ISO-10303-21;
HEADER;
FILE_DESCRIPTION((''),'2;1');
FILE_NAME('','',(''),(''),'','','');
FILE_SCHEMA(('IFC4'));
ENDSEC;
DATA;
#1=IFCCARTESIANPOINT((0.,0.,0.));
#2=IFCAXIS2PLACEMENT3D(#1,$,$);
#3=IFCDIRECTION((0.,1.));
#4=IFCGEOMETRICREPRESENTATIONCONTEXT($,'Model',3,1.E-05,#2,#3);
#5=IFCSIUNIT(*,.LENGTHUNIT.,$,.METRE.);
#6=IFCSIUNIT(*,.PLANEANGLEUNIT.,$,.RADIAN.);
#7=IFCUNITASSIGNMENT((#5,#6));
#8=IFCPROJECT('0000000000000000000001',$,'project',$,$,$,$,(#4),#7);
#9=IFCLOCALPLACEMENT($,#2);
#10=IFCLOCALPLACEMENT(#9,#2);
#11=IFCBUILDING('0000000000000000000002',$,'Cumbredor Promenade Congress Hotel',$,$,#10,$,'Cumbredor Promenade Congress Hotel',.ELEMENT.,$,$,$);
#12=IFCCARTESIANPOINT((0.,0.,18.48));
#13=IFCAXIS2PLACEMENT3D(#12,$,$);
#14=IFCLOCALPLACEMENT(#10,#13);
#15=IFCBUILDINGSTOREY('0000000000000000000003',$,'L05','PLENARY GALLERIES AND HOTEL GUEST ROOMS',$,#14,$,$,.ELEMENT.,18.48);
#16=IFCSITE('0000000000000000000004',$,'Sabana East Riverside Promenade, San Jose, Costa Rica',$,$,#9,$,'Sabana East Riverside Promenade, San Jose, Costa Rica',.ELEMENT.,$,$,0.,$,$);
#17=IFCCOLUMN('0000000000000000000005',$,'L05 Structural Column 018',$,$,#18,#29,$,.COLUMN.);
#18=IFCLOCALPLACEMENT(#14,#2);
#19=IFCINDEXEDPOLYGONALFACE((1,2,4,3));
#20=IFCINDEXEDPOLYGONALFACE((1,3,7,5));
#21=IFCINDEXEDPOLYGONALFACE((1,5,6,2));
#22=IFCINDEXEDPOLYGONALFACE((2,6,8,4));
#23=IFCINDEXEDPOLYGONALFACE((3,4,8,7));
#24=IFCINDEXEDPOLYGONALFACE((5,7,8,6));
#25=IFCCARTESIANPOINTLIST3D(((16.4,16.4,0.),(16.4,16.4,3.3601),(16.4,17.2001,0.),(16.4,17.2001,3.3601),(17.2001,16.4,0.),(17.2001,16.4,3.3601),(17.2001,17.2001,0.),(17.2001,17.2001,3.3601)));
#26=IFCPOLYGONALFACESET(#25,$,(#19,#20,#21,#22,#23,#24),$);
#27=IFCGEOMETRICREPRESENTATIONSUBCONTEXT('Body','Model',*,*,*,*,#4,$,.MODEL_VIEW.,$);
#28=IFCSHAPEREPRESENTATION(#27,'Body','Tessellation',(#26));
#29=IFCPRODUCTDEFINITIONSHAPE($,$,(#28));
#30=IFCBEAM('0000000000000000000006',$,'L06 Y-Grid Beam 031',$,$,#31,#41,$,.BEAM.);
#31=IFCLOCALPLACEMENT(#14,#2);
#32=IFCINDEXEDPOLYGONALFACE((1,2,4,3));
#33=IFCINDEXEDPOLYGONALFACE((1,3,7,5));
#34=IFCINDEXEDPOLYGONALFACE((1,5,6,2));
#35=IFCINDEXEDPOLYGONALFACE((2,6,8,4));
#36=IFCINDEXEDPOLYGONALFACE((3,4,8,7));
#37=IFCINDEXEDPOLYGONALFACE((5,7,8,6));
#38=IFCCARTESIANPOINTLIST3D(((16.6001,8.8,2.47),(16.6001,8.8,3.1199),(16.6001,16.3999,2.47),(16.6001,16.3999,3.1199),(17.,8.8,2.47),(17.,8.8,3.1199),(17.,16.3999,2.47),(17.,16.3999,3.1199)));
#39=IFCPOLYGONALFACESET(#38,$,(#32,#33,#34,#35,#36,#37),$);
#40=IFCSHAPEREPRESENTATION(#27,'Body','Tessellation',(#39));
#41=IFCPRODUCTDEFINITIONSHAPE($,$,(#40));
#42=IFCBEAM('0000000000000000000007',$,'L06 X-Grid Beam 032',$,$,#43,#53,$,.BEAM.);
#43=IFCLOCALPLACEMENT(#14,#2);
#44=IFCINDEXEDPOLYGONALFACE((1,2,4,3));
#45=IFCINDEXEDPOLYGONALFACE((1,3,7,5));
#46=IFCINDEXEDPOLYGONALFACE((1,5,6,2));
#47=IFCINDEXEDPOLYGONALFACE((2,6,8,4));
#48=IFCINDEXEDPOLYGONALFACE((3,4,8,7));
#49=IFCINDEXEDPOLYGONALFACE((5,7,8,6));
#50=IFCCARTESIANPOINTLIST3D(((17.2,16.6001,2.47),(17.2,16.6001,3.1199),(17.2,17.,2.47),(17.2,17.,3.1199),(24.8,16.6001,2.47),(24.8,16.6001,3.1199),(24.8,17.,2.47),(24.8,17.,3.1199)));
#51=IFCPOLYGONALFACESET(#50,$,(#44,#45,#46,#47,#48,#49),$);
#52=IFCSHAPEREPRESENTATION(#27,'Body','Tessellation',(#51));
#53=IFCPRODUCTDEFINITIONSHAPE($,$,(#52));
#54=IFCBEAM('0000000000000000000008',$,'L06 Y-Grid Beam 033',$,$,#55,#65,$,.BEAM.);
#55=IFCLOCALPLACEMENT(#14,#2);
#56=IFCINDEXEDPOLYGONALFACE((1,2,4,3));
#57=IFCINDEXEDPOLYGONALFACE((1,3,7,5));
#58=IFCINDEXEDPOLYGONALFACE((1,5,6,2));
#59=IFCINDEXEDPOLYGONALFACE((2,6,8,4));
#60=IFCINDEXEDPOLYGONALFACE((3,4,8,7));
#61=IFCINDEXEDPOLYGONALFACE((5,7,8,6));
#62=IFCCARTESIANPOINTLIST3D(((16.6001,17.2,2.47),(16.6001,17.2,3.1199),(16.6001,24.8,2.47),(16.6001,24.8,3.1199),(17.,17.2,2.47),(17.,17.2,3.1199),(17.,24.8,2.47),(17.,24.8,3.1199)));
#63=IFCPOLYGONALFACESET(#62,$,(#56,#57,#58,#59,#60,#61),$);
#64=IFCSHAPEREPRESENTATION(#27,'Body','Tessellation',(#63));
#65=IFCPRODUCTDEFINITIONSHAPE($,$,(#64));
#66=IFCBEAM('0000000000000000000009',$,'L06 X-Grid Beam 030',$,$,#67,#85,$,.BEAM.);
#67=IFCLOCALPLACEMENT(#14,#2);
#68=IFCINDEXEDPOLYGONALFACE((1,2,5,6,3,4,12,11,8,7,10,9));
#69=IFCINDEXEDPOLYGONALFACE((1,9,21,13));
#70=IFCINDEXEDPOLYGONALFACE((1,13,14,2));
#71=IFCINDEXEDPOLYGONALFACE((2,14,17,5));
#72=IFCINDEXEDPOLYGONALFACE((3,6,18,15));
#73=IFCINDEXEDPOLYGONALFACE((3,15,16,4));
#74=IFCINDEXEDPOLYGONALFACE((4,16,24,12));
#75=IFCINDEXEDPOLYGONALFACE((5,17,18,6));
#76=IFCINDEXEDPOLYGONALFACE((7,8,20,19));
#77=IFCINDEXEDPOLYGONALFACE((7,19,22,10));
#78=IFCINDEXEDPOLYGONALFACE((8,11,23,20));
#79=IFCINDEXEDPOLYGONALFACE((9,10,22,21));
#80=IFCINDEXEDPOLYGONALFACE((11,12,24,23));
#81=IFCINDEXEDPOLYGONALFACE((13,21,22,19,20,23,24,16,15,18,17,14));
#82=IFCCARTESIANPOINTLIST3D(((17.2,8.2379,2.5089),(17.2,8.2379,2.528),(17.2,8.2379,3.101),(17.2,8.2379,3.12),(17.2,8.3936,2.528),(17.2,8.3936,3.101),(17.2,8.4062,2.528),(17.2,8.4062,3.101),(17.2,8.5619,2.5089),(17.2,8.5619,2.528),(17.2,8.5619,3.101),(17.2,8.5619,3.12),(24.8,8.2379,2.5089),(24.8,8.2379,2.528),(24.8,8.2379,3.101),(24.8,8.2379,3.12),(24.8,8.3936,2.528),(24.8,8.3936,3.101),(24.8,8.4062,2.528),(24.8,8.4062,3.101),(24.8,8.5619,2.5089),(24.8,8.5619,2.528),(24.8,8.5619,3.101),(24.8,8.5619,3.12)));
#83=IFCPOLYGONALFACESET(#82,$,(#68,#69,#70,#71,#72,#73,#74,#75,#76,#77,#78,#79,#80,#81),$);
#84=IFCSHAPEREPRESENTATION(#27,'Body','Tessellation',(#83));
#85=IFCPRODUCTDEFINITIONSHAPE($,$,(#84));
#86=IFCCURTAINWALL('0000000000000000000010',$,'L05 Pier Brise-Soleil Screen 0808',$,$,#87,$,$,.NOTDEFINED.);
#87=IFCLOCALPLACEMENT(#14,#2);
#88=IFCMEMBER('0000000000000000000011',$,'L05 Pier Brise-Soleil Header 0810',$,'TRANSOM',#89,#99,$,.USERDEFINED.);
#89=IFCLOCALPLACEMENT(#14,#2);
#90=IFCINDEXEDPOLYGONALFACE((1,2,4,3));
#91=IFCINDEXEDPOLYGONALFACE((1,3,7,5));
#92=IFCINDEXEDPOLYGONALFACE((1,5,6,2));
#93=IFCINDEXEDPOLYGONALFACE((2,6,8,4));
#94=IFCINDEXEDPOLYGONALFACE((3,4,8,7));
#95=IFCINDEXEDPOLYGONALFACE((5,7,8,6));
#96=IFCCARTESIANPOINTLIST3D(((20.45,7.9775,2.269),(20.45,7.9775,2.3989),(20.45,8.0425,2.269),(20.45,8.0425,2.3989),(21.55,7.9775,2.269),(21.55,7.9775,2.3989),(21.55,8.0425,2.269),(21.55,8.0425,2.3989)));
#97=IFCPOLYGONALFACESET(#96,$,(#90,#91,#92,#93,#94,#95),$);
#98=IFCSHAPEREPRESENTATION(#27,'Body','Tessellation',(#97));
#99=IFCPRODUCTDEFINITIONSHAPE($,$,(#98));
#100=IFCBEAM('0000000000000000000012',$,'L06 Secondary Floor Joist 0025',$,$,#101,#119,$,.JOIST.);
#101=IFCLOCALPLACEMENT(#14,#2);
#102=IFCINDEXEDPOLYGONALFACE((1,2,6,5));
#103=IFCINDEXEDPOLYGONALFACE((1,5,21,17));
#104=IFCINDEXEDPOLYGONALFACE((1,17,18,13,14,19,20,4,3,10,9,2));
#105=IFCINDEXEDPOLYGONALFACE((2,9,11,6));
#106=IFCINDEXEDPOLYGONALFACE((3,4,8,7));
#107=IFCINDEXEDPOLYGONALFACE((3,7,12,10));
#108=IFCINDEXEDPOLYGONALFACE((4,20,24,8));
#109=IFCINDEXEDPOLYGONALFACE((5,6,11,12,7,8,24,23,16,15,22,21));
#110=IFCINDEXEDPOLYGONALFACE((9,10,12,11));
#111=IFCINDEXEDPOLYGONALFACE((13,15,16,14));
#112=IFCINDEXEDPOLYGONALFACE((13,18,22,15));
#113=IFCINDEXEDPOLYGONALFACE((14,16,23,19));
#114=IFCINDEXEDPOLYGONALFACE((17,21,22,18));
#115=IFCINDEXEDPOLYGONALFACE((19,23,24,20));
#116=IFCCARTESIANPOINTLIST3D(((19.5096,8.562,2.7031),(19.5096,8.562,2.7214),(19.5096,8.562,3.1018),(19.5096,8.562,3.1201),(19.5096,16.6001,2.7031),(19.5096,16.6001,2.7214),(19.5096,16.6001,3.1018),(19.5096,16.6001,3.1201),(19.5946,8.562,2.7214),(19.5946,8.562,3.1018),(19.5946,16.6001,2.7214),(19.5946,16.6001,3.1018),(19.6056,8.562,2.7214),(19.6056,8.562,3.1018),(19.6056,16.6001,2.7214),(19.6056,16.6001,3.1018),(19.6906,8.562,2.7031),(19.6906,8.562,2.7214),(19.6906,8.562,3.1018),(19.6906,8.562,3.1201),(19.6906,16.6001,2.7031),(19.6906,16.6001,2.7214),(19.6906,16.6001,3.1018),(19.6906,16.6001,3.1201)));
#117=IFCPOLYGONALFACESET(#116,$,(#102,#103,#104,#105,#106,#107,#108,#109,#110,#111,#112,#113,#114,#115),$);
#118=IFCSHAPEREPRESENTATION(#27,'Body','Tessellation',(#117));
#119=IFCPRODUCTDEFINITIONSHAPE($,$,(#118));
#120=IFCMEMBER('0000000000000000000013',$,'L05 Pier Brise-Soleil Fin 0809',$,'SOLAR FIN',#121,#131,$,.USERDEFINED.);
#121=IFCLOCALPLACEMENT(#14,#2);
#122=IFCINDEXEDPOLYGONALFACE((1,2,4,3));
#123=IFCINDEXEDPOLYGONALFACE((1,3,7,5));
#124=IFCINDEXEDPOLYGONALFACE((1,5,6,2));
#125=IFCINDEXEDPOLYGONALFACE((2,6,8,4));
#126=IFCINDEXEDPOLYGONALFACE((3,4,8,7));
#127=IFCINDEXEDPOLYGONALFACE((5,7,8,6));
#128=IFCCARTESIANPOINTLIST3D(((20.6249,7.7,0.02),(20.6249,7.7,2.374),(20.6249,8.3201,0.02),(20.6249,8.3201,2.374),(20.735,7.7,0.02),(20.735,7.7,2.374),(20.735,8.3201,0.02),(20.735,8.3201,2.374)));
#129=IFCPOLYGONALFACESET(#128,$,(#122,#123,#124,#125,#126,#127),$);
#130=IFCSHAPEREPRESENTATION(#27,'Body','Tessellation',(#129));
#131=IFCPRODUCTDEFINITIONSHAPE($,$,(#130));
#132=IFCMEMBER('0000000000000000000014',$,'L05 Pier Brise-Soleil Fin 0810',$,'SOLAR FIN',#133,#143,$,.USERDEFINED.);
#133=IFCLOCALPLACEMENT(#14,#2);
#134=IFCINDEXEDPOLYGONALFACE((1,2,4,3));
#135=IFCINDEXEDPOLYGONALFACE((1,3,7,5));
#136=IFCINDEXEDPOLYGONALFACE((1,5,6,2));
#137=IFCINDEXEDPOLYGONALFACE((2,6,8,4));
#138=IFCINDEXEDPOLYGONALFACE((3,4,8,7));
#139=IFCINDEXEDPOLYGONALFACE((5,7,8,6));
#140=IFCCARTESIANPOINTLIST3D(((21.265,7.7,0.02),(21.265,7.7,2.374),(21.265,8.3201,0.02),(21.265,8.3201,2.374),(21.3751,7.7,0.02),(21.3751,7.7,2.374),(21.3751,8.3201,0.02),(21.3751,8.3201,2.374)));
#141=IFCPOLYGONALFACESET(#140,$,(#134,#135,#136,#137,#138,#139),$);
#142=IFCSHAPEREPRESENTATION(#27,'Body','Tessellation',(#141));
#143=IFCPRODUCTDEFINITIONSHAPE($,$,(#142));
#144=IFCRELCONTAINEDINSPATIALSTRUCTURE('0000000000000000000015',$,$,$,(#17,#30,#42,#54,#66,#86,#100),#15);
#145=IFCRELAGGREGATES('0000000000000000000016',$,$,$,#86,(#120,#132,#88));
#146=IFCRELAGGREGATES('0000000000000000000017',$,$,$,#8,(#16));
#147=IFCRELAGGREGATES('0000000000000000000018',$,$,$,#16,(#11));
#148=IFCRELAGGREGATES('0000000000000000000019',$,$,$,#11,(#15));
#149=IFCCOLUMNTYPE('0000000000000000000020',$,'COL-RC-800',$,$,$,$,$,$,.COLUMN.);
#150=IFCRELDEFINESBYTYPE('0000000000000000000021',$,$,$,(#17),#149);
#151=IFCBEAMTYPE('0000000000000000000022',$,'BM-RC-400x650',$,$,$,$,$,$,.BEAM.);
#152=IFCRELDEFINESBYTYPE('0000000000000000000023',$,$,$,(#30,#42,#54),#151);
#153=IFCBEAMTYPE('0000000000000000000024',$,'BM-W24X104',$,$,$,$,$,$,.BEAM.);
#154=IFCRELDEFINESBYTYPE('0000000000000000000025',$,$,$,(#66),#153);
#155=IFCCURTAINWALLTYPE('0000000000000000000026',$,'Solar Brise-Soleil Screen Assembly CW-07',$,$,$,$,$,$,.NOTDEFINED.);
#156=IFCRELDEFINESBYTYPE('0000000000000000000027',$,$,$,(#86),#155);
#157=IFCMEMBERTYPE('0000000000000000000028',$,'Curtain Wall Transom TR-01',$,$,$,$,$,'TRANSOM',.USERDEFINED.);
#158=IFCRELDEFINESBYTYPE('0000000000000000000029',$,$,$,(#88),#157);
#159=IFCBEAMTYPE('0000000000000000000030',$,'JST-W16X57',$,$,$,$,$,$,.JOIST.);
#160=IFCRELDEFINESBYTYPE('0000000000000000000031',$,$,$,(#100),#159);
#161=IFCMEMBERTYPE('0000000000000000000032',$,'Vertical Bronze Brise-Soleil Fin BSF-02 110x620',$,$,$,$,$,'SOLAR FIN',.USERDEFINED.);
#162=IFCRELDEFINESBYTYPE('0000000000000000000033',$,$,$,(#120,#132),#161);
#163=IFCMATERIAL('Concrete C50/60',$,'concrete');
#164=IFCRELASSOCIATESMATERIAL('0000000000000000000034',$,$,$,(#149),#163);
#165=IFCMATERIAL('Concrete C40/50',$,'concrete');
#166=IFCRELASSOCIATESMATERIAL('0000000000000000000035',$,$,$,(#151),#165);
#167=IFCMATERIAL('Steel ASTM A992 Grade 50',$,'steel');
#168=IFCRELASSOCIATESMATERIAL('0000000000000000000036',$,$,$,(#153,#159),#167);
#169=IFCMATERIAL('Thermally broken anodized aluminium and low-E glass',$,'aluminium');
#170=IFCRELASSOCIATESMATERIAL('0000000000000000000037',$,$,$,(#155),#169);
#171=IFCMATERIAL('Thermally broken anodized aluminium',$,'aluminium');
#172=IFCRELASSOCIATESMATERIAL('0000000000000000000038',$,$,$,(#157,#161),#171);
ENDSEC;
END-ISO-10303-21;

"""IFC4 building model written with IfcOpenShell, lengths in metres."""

from ifc_helpers import new_model, si_unit, direction, frame, origin, origin_2d, place, context, subcontext, project, spatial, rectangle, i_section, extrude, material, material_profile, profile_set, type_object, element, aggregate, save


model = new_model("IFC4")

# Units and contexts
model_context = context("Model", 3, precision=1e-05, world=origin(), true_north=direction((0.0, 1.0)))
body_context = subcontext(model_context, "Body", "Model", "MODEL_VIEW")
ifc_project = project(units=[si_unit("LENGTHUNIT", "METRE"), si_unit("PLANEANGLEUNIT", "RADIAN")], contexts=[model_context])

# Site, building, storey
site_placement = place(None, origin())
site = spatial("IfcSite", under=ifc_project, at=site_placement, Name="Sabana East Riverside Promenade, San Jose, Costa Rica", LongName="Sabana East Riverside Promenade, San Jose, Costa Rica", CompositionType="ELEMENT", RefElevation=0.0)
building_placement = place(site_placement, origin())
building = spatial("IfcBuilding", under=site, at=building_placement, Name="Cumbredor Promenade Congress Hotel", LongName="Cumbredor Promenade Congress Hotel", CompositionType="ELEMENT")
storey_placement = place(building_placement, frame((0.0, 0.0, 18.48)))
storey = spatial("IfcBuildingStorey", under=building, at=storey_placement, Name="L05", Description="PLENARY GALLERIES AND HOTEL GUEST ROOMS", CompositionType="ELEMENT", Elevation=18.48)

# Column
ifc_material_1 = material(Name="Concrete C50/60", Category="concrete")
ifc_material_profile_1 = material_profile(ifc_material_1, rectangle(XDim=0.8, YDim=0.8, at=origin_2d()), Name="RC 800x800")
ifc_profile_set_1 = profile_set([ifc_material_profile_1], Name="Concrete C50/60")
column_type = type_object("IfcColumnType", Name="COL-RC-800", PredefinedType="COLUMN", material=ifc_profile_set_1)
column_placement = place(storey_placement, frame((16.8, 16.8, 0.0), z_axis=(0.0, 0.0, 1.0), x_axis=(1.0, 0.0, 0.0)))
element("IfcColumn", 1, at=column_placement, inside=storey, type_object=column_type, Name="L05 Structural Column 018", PredefinedType="COLUMN", context=body_context, shape_type="SweptSolid", body=[
    extrude(rectangle(XDim=0.8, YDim=0.8, at=origin_2d()), origin(), (0.0, 0.0, 1.0), 3.3601),
])

# Beams
ifc_material_2 = material(Name="Concrete C40/50", Category="concrete")
ifc_material_profile_2 = material_profile(ifc_material_2, rectangle(XDim=0.3999, YDim=0.6499, at=origin_2d()), Name="RC BEAM 400x650")
ifc_profile_set_2 = profile_set([ifc_material_profile_2], Name="Concrete C40/50")
beam_type_1 = type_object("IfcBeamType", Name="BM-RC-400x650", PredefinedType="BEAM", material=ifc_profile_set_2)
beam_1_placement = place(storey_placement, frame((16.8, 8.8, 2.7949), z_axis=(0.0, 1.0, 0.0), x_axis=(-1.0, 0.0, 0.0)))
element("IfcBeam", 2, at=beam_1_placement, inside=storey, type_object=beam_type_1, Name="L06 Y-Grid Beam 031", PredefinedType="BEAM", context=body_context, shape_type="SweptSolid", body=[
    extrude(rectangle(XDim=0.3999, YDim=0.6499, at=origin_2d()), origin(), (0.0, 0.0, 1.0), 7.5999),
])
for number, where, z_axis, x_axis, name in (
    (3, (17.2, 16.8, 2.7949), (1.0, 0.0, 0.0), (0.0, 1.0, 0.0), "L06 X-Grid Beam 032"),
    (4, (16.8, 17.2, 2.7949), (0.0, 1.0, 0.0), (-1.0, 0.0, 0.0), "L06 Y-Grid Beam 033"),
):
    element("IfcBeam", number, at=place(storey_placement, frame(where, z_axis=z_axis, x_axis=x_axis)), inside=storey, type_object=beam_type_1, Name=name, PredefinedType="BEAM", context=body_context, shape_type="SweptSolid", body=[
        extrude(rectangle(XDim=0.3999, YDim=0.6499, at=origin_2d()), origin(), (0.0, 0.0, 1.0), 7.6001),
    ])
ifc_material_3 = material(Name="Steel ASTM A992 Grade 50", Category="steel")
ifc_material_profile_3 = material_profile(ifc_material_3, i_section(OverallWidth=0.324, OverallDepth=0.6111, WebThickness=0.0127, FlangeThickness=0.019, at=origin_2d()), Name="W24X104")
ifc_profile_set_3 = profile_set([ifc_material_profile_3], Name="Steel ASTM A992 Grade 50")
beam_type_2 = type_object("IfcBeamType", Name="BM-W24X104", PredefinedType="BEAM", material=ifc_profile_set_3)
beam_2_placement = place(storey_placement, frame((17.2, 8.3999, 2.8145), z_axis=(1.0, 0.0, 0.0), x_axis=(0.0, 1.0, 0.0)))
element("IfcBeam", 5, at=beam_2_placement, inside=storey, type_object=beam_type_2, Name="L06 X-Grid Beam 030", PredefinedType="BEAM", context=body_context, shape_type="SweptSolid", body=[
    extrude(i_section(OverallWidth=0.324, OverallDepth=0.6111, WebThickness=0.0127, FlangeThickness=0.019, at=origin_2d()), origin(), (0.0, 0.0, 1.0), 7.6001),
])

# Curtain wall, member
ifc_material_4 = material(Name="Thermally broken anodized aluminium and low-E glass", Category="aluminium")
curtain_wall_type = type_object("IfcCurtainWallType", Name="Solar Brise-Soleil Screen Assembly CW-07", PredefinedType="NOTDEFINED", material=ifc_material_4)
curtain_wall_placement = place(storey_placement, origin())
curtain_wall = element("IfcCurtainWall", 6, at=curtain_wall_placement, inside=storey, type_object=curtain_wall_type, Name="L05 Pier Brise-Soleil Screen 0808", PredefinedType="NOTDEFINED")
ifc_material_5 = material(Name="Thermally broken anodized aluminium", Category="aluminium")
ifc_material_profile_4 = material_profile(ifc_material_5, rectangle(XDim=0.0649, YDim=0.1299, at=origin_2d()), Name="ALU TRANSOM 65x130")
ifc_profile_set_4 = profile_set([ifc_material_profile_4], Name="Thermally broken anodized aluminium")
member_type_1 = type_object("IfcMemberType", Name="Curtain Wall Transom TR-01", ElementType="TRANSOM", PredefinedType="USERDEFINED", material=ifc_profile_set_4)
member_1_placement = place(storey_placement, frame((20.45, 8.01, 2.334), z_axis=(1.0, 0.0, 0.0), x_axis=(0.0, 1.0, 0.0)))
member_1 = element("IfcMember", 7, at=member_1_placement, type_object=member_type_1, Name="L05 Pier Brise-Soleil Header 0810", ObjectType="TRANSOM", PredefinedType="USERDEFINED", context=body_context, shape_type="SweptSolid", body=[
    extrude(rectangle(XDim=0.0649, YDim=0.1299, at=origin_2d()), origin(), (0.0, 0.0, 1.0), 1.1001),
])

# Beam
ifc_material_profile_5 = material_profile(ifc_material_3, i_section(OverallWidth=0.1809, OverallDepth=0.417, WebThickness=0.011, FlangeThickness=0.0183, at=origin_2d()), Name="W16X57")
ifc_profile_set_5 = profile_set([ifc_material_profile_5], Name="Steel ASTM A992 Grade 50")
beam_type_3 = type_object("IfcBeamType", Name="JST-W16X57", PredefinedType="JOIST", material=ifc_profile_set_5)
beam_3_placement = place(storey_placement, frame((19.6001, 8.562, 2.9116), z_axis=(0.0, 1.0, 0.0), x_axis=(-1.0, 0.0, 0.0)))
element("IfcBeam", 8, at=beam_3_placement, inside=storey, type_object=beam_type_3, Name="L06 Secondary Floor Joist 0025", PredefinedType="JOIST", context=body_context, shape_type="SweptSolid", body=[
    extrude(i_section(OverallWidth=0.1809, OverallDepth=0.417, WebThickness=0.011, FlangeThickness=0.0183, at=origin_2d()), origin(), (0.0, 0.0, 1.0), 8.0381),
])

# Members
ifc_material_profile_6 = material_profile(ifc_material_5, rectangle(XDim=0.1101, YDim=0.6201, at=origin_2d()), Name="ARCH FIN 110x620")
ifc_profile_set_6 = profile_set([ifc_material_profile_6], Name="Thermally broken anodized aluminium")
member_type_2 = type_object("IfcMemberType", Name="Vertical Bronze Brise-Soleil Fin BSF-02 110x620", ElementType="SOLAR FIN", PredefinedType="USERDEFINED", material=ifc_profile_set_6)
member_2_placement = place(storey_placement, frame((20.6799, 8.01, 0.02), z_axis=(0.0, 0.0, 1.0), x_axis=(1.0, 0.0, 0.0)))
member_2 = element("IfcMember", 9, at=member_2_placement, type_object=member_type_2, Name="L05 Pier Brise-Soleil Fin 0809", ObjectType="SOLAR FIN", PredefinedType="USERDEFINED", context=body_context, shape_type="SweptSolid", body=[
    extrude(rectangle(XDim=0.1101, YDim=0.6201, at=origin_2d()), origin(), (0.0, 0.0, 1.0), 2.354),
])
member_3_placement = place(storey_placement, frame((21.3201, 8.01, 0.02), z_axis=(0.0, 0.0, 1.0), x_axis=(1.0, 0.0, 0.0)))
member_3 = element("IfcMember", 10, at=member_3_placement, type_object=member_type_2, Name="L05 Pier Brise-Soleil Fin 0810", ObjectType="SOLAR FIN", PredefinedType="USERDEFINED", context=body_context, shape_type="SweptSolid", body=[
    extrude(rectangle(XDim=0.1101, YDim=0.6201, at=origin_2d()), origin(), (0.0, 0.0, 1.0), 2.354),
])
aggregate(curtain_wall, [member_2, member_3, member_1])

save(model, "model.ifc")
